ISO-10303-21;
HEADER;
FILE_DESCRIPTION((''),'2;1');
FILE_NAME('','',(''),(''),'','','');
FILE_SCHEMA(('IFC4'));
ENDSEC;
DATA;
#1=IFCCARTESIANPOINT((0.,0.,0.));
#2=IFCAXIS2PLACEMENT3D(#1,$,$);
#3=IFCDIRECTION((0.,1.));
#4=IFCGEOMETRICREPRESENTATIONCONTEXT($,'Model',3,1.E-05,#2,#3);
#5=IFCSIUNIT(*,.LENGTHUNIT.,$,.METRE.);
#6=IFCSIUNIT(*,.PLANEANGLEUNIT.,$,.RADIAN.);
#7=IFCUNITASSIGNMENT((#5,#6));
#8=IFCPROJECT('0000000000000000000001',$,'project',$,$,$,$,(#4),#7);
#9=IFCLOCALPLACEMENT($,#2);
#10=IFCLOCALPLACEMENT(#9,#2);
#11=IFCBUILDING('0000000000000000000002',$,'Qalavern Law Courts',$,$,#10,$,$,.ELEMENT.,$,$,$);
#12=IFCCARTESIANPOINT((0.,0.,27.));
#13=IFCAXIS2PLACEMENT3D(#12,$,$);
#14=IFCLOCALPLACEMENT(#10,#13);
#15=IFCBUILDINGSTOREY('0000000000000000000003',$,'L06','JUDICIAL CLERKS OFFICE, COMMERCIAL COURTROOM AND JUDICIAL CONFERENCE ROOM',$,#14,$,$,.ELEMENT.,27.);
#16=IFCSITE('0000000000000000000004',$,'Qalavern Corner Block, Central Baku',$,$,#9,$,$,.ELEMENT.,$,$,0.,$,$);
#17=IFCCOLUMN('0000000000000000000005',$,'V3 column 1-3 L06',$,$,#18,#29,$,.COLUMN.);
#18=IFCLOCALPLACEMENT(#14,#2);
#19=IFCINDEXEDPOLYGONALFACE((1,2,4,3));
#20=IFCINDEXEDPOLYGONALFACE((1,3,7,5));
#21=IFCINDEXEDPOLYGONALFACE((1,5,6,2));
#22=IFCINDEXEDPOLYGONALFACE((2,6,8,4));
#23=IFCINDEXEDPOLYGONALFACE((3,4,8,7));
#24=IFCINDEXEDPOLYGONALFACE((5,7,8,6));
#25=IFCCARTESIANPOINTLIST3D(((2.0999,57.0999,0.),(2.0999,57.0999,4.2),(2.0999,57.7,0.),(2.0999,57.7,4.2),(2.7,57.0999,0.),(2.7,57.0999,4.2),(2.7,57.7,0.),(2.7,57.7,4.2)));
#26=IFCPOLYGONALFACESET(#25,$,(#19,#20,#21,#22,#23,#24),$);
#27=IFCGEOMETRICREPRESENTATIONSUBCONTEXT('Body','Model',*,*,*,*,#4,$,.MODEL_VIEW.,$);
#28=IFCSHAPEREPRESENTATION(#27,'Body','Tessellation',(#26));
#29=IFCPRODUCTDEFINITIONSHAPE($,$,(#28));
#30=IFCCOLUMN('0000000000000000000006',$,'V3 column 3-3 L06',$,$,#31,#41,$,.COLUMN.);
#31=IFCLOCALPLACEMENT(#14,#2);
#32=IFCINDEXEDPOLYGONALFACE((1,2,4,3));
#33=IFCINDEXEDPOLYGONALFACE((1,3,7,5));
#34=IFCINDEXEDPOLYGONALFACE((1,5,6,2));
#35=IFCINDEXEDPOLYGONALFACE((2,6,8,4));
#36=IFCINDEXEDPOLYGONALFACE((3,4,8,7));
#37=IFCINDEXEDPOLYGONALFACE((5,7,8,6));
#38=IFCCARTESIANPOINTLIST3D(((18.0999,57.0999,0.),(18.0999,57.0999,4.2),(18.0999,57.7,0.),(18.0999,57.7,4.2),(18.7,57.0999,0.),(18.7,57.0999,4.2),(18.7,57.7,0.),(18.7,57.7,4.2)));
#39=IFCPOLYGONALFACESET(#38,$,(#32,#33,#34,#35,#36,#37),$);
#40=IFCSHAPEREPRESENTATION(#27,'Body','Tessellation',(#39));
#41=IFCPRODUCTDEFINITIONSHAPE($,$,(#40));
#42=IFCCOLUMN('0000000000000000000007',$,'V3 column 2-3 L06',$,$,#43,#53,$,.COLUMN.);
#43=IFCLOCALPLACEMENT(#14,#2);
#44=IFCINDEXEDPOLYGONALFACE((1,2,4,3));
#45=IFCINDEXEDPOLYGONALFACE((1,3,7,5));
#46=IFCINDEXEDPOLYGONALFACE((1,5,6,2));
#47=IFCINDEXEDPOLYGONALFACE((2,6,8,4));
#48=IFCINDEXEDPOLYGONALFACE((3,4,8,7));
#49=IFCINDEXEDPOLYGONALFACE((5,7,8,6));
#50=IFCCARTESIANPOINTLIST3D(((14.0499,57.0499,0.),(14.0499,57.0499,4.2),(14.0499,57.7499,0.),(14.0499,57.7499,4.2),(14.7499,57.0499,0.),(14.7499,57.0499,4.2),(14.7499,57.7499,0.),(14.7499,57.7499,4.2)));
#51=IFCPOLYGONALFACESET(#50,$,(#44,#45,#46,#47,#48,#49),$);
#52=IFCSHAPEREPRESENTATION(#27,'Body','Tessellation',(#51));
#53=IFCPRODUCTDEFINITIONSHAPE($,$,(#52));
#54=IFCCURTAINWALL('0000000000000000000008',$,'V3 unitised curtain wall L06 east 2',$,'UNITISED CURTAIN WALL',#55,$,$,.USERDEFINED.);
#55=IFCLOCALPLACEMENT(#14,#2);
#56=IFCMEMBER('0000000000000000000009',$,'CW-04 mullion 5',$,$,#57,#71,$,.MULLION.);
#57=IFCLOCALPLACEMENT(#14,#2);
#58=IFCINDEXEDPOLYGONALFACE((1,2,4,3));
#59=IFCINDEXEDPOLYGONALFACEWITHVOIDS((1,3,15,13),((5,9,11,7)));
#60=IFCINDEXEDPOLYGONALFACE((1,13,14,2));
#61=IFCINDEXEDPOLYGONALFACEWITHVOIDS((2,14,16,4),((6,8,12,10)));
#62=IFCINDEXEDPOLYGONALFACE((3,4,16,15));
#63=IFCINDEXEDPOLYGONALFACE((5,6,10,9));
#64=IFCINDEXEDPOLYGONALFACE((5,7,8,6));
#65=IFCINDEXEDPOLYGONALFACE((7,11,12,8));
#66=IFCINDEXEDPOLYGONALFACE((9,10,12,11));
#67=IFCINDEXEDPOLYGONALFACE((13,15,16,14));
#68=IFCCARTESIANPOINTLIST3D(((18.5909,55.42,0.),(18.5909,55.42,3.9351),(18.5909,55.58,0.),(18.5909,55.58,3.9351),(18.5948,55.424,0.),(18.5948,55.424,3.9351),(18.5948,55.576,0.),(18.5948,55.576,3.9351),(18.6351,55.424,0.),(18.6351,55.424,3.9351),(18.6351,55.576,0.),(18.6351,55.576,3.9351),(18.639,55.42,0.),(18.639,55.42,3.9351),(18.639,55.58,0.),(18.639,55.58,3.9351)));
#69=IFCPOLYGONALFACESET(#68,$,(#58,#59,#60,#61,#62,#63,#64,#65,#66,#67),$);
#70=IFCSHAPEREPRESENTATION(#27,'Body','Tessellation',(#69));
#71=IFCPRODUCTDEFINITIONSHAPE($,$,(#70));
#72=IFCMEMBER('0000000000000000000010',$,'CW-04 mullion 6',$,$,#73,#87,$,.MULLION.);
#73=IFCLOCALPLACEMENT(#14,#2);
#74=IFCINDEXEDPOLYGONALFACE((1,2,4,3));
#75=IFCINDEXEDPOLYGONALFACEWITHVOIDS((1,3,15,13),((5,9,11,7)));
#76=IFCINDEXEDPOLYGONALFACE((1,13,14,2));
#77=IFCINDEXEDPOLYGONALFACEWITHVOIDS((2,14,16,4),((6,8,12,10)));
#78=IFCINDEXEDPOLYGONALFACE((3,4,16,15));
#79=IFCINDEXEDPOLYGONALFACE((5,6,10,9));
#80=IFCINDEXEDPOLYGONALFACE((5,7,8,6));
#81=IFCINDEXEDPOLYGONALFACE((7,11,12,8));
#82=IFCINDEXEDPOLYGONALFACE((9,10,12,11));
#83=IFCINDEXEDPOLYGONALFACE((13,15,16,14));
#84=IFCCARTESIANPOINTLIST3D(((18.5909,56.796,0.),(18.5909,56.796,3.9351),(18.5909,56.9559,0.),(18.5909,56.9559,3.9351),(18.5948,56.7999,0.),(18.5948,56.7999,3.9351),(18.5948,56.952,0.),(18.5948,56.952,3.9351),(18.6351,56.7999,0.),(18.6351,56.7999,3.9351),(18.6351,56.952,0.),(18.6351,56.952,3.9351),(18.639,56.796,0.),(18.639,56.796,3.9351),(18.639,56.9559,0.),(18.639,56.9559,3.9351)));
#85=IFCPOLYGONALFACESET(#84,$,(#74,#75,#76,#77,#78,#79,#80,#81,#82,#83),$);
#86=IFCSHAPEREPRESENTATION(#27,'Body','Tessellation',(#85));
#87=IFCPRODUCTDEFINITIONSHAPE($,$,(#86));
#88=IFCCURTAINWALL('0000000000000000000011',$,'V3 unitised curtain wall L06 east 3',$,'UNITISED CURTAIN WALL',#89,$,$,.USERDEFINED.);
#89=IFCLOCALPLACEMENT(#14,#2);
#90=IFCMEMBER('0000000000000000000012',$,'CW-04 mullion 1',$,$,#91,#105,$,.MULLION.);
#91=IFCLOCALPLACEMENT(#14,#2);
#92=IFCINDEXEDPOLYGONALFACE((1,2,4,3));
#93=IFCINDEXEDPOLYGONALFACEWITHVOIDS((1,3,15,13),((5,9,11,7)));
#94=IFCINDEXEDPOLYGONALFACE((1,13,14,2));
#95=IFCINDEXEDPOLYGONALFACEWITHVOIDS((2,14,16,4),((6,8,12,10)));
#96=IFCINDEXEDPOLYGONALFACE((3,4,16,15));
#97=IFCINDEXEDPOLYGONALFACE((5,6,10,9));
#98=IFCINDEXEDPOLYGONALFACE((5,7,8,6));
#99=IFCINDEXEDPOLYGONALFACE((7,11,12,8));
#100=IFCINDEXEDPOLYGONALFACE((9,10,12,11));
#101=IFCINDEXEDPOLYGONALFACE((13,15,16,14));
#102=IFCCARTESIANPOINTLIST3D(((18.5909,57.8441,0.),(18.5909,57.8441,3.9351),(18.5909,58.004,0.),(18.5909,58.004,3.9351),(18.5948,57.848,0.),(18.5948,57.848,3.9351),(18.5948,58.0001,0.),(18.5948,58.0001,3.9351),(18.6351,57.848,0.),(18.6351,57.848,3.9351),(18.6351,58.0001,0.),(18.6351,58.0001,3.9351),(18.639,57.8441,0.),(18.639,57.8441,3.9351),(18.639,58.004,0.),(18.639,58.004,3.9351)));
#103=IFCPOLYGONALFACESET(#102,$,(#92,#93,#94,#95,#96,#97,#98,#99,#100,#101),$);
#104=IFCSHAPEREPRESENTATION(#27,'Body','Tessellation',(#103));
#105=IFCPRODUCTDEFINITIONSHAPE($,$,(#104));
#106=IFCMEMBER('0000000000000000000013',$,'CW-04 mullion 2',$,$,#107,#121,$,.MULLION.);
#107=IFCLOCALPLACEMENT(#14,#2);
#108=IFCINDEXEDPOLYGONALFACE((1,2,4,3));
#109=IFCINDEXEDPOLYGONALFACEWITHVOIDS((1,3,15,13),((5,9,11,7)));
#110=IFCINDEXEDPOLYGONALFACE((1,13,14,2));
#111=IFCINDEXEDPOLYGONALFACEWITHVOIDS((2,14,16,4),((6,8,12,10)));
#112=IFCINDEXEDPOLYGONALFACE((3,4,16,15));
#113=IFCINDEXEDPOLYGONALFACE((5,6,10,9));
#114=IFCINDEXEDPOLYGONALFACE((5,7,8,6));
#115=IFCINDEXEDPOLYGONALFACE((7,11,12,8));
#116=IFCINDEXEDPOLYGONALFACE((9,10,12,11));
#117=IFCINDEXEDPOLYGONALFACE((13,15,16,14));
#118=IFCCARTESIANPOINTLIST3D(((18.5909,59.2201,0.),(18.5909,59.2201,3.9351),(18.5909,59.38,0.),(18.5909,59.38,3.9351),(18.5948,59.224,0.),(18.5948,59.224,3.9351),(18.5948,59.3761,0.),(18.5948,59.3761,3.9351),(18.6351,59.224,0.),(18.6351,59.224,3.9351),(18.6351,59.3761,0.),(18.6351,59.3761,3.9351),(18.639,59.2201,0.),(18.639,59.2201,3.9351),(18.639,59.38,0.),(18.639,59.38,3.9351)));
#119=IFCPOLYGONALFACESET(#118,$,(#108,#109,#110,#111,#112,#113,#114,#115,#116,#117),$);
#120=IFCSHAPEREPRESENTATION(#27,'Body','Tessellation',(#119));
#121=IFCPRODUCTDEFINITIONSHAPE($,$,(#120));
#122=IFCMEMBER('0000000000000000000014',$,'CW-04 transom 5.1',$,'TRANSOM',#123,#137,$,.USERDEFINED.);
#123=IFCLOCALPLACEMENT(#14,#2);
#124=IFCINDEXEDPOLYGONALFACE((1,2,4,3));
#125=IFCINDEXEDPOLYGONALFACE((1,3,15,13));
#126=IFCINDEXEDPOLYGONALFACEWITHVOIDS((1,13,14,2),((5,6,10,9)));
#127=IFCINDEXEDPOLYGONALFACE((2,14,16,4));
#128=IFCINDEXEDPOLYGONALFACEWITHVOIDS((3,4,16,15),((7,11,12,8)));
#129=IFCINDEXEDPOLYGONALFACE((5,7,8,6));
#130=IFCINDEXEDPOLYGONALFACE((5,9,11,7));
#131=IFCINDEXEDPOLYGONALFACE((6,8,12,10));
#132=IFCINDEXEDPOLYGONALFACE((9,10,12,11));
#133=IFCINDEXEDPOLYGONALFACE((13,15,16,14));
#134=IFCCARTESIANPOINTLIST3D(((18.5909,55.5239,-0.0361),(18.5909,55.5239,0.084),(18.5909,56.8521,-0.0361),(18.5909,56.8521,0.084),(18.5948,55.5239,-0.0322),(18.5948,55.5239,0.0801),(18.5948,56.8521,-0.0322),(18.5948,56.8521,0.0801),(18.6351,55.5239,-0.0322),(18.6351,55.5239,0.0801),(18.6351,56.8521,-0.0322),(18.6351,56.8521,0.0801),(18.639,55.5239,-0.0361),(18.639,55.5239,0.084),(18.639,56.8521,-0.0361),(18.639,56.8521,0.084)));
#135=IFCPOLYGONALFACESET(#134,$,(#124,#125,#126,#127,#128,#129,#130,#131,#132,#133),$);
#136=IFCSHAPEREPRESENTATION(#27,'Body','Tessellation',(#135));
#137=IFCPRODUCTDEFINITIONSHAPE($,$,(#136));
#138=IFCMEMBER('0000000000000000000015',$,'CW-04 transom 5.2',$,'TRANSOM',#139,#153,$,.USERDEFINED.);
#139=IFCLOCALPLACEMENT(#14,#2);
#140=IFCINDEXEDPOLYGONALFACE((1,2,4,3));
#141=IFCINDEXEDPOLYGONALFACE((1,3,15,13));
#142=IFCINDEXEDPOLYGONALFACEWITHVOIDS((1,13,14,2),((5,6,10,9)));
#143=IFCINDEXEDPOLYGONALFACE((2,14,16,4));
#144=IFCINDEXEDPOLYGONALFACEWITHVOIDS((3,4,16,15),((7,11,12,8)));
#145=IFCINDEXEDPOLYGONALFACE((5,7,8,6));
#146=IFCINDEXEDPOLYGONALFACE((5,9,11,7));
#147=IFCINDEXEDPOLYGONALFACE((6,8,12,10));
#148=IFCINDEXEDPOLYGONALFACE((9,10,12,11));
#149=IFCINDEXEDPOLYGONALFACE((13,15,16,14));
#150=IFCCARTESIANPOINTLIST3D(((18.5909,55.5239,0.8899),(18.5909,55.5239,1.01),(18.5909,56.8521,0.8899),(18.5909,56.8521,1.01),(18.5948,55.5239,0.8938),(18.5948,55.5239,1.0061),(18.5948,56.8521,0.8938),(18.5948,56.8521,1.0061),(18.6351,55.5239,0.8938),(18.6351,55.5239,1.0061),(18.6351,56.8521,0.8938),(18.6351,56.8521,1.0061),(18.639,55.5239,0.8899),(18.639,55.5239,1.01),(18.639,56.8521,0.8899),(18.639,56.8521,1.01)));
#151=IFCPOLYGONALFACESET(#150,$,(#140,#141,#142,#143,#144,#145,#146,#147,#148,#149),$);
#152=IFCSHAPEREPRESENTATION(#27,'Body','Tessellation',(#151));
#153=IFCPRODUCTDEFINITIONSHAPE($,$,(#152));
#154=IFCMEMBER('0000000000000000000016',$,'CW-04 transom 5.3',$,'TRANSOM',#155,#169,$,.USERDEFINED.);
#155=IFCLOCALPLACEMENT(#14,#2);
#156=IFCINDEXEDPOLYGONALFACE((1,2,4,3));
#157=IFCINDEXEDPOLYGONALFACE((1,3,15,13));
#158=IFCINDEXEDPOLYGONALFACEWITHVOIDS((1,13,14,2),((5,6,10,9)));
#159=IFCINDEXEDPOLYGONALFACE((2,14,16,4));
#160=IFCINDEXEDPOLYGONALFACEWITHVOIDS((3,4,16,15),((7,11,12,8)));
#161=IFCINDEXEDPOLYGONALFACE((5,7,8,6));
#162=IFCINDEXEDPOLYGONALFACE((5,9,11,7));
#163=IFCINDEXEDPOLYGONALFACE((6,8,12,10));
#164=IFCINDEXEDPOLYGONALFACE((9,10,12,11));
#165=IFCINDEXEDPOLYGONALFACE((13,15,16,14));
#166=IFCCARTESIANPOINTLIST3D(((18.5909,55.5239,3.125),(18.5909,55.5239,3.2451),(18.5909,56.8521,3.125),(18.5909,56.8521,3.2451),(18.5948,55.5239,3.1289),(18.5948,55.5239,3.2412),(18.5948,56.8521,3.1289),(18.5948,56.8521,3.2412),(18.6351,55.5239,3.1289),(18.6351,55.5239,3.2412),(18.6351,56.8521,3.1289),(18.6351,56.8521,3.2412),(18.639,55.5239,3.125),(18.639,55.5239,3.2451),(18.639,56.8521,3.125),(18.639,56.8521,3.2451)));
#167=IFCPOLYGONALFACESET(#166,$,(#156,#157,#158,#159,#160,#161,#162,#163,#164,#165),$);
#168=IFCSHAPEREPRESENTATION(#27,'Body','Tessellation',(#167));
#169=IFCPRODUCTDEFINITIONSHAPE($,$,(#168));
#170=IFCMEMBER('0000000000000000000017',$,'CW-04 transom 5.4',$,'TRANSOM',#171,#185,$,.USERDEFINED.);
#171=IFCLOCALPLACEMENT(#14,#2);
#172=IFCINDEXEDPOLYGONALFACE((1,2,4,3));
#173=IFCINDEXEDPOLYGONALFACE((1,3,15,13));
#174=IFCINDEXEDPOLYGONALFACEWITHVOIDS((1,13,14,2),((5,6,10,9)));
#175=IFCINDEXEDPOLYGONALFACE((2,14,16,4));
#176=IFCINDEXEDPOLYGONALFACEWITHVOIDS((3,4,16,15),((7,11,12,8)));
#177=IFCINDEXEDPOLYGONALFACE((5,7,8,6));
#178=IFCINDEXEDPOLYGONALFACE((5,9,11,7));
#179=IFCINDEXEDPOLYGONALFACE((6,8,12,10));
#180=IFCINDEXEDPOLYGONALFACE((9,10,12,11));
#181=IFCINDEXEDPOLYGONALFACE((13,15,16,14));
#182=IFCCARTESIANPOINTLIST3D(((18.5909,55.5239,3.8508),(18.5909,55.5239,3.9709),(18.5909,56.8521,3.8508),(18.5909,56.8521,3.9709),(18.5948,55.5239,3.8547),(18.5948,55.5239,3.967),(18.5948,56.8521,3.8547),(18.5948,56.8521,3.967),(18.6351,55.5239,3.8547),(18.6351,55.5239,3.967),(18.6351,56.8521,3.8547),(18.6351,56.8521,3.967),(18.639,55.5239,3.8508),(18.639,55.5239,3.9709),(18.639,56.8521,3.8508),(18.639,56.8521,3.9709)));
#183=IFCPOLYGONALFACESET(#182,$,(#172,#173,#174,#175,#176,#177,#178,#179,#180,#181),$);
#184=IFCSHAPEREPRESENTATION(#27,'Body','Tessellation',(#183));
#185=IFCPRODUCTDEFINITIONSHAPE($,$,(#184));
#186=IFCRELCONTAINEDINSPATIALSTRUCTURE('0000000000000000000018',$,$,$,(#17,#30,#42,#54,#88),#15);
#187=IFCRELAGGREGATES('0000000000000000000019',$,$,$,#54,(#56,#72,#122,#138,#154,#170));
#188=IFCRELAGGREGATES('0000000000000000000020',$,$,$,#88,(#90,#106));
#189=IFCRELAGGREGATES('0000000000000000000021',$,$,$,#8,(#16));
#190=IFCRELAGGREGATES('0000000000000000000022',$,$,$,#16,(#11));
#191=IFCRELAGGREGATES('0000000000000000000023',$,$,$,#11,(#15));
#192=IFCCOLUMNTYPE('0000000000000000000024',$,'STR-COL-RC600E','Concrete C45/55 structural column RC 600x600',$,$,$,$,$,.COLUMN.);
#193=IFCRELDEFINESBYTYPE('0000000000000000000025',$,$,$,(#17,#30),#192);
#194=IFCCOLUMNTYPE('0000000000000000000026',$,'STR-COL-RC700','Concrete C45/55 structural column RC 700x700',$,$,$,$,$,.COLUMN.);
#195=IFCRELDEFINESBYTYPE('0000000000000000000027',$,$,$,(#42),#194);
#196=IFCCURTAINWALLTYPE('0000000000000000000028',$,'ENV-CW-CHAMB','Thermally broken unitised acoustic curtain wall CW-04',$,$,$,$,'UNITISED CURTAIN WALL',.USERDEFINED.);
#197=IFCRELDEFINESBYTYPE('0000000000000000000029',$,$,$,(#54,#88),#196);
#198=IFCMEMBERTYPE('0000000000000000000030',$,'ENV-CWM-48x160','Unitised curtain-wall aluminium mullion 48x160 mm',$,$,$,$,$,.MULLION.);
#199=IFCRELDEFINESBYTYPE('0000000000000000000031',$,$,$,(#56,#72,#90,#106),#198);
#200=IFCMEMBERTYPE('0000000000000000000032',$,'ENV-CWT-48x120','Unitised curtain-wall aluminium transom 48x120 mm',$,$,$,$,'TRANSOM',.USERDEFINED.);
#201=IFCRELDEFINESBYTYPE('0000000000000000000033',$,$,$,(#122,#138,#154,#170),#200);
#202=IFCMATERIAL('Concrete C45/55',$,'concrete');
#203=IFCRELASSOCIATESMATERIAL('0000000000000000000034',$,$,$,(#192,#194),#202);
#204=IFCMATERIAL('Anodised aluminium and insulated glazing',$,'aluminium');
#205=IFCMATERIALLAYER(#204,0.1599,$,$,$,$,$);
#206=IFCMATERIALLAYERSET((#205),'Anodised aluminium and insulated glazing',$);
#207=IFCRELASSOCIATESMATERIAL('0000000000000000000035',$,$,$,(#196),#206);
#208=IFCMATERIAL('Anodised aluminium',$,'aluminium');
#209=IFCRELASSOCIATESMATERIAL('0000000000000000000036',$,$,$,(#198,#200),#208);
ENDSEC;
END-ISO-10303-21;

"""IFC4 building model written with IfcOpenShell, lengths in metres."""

from ifc_helpers import new_model, si_unit, direction, frame, origin, origin_2d, place, context, subcontext, project, spatial, rectangle, hollow_rectangle, extrude, material, layer, layer_set, material_profile, profile_set, type_object, element, aggregate, save


model = new_model("IFC4")

# Units and contexts
model_context = context("Model", 3, precision=1e-05, world=origin(), true_north=direction((0.0, 1.0)))
body_context = subcontext(model_context, "Body", "Model", "MODEL_VIEW")
ifc_project = project(units=[si_unit("LENGTHUNIT", "METRE"), si_unit("PLANEANGLEUNIT", "RADIAN")], contexts=[model_context])

# Site, building, storey
site_placement = place(None, origin())
site = spatial("IfcSite", under=ifc_project, at=site_placement, Name="Qalavern Corner Block, Central Baku", CompositionType="ELEMENT", RefElevation=0.0)
building_placement = place(site_placement, origin())
building = spatial("IfcBuilding", under=site, at=building_placement, Name="Qalavern Law Courts", CompositionType="ELEMENT")
storey_placement = place(building_placement, frame((0.0, 0.0, 27.0)))
storey = spatial("IfcBuildingStorey", under=building, at=storey_placement, Name="L06", Description="JUDICIAL CLERKS OFFICE, COMMERCIAL COURTROOM AND JUDICIAL CONFERENCE ROOM", CompositionType="ELEMENT", Elevation=27.0)

# Columns
ifc_material_1 = material(Name="Concrete C45/55", Category="concrete")
ifc_material_profile_1 = material_profile(ifc_material_1, rectangle(XDim=0.6001, YDim=0.6001, at=origin_2d()), Name="RC 600x600")
ifc_profile_set_1 = profile_set([ifc_material_profile_1], Name="Concrete C45/55")
column_type_1 = type_object("IfcColumnType", Name="STR-COL-RC600E", Description="Concrete C45/55 structural column RC 600x600", PredefinedType="COLUMN", material=ifc_profile_set_1)
for number, where, z_axis, x_axis, name in (
    (1, (2.3999, 57.3999, 0.0), (0.0, 0.0, 1.0), (1.0, 0.0, 0.0), "V3 column 1-3 L06"),
    (2, (18.3999, 57.3999, 0.0), (0.0, 0.0, 1.0), (1.0, 0.0, 0.0), "V3 column 3-3 L06"),
):
    element("IfcColumn", number, at=place(storey_placement, frame(where, z_axis=z_axis, x_axis=x_axis)), inside=storey, type_object=column_type_1, Name=name, PredefinedType="COLUMN", context=body_context, shape_type="SweptSolid", body=[
        extrude(rectangle(XDim=0.6001, YDim=0.6001, at=origin_2d()), origin(), (0.0, 0.0, 1.0), 4.2),
    ])
ifc_material_profile_2 = material_profile(ifc_material_1, rectangle(XDim=0.7, YDim=0.7, at=origin_2d()), Name="RC 700x700")
ifc_profile_set_2 = profile_set([ifc_material_profile_2], Name="Concrete C45/55")
column_type_2 = type_object("IfcColumnType", Name="STR-COL-RC700", Description="Concrete C45/55 structural column RC 700x700", PredefinedType="COLUMN", material=ifc_profile_set_2)
column_placement = place(storey_placement, frame((14.3999, 57.3999, 0.0), z_axis=(0.0, 0.0, 1.0), x_axis=(1.0, 0.0, 0.0)))
element("IfcColumn", 3, at=column_placement, inside=storey, type_object=column_type_2, Name="V3 column 2-3 L06", PredefinedType="COLUMN", context=body_context, shape_type="SweptSolid", body=[
    extrude(rectangle(XDim=0.7, YDim=0.7, at=origin_2d()), origin(), (0.0, 0.0, 1.0), 4.2),
])

# Curtain walls, members
ifc_material_2 = material(Name="Anodised aluminium and insulated glazing", Category="aluminium")
ifc_layer_1 = layer(ifc_material_2, 0.1599)
ifc_layer_set_1 = layer_set([ifc_layer_1], Name="Anodised aluminium and insulated glazing")
curtain_wall_type = type_object("IfcCurtainWallType", Name="ENV-CW-CHAMB", Description="Thermally broken unitised acoustic curtain wall CW-04", ElementType="UNITISED CURTAIN WALL", PredefinedType="USERDEFINED", material=ifc_layer_set_1)
curtain_wall_1_placement = place(storey_placement, origin())
curtain_wall_1 = element("IfcCurtainWall", 4, at=curtain_wall_1_placement, inside=storey, type_object=curtain_wall_type, Name="V3 unitised curtain wall L06 east 2", ObjectType="UNITISED CURTAIN WALL", PredefinedType="USERDEFINED")
ifc_material_3 = material(Name="Anodised aluminium", Category="aluminium")
ifc_material_profile_3 = material_profile(ifc_material_3, hollow_rectangle(XDim=0.0481, YDim=0.1599, WallThickness=0.0039, at=origin_2d()), Name="ALU MULLION 48x160")
ifc_profile_set_3 = profile_set([ifc_material_profile_3], Name="Anodised aluminium")
member_type_1 = type_object("IfcMemberType", Name="ENV-CWM-48x160", Description="Unitised curtain-wall aluminium mullion 48x160 mm", PredefinedType="MULLION", material=ifc_profile_set_3)
member_1_placement = place(storey_placement, frame((18.615, 55.5, 0.0), z_axis=(0.0, 0.0, 1.0), x_axis=(-1.0, 0.0, 0.0)))
member_1 = element("IfcMember", 5, at=member_1_placement, type_object=member_type_1, Name="CW-04 mullion 5", PredefinedType="MULLION", context=body_context, shape_type="SweptSolid", body=[
    extrude(hollow_rectangle(XDim=0.0481, YDim=0.1599, WallThickness=0.0039, at=origin_2d()), origin(), (0.0, 0.0, 1.0), 3.9351),
])
member_2_placement = place(storey_placement, frame((18.615, 56.876, 0.0), z_axis=(0.0, 0.0, 1.0), x_axis=(-1.0, 0.0, 0.0)))
member_2 = element("IfcMember", 6, at=member_2_placement, type_object=member_type_1, Name="CW-04 mullion 6", PredefinedType="MULLION", context=body_context, shape_type="SweptSolid", body=[
    extrude(hollow_rectangle(XDim=0.0481, YDim=0.1599, WallThickness=0.0039, at=origin_2d()), origin(), (0.0, 0.0, 1.0), 3.9351),
])
curtain_wall_2_placement = place(storey_placement, origin())
curtain_wall_2 = element("IfcCurtainWall", 7, at=curtain_wall_2_placement, inside=storey, type_object=curtain_wall_type, Name="V3 unitised curtain wall L06 east 3", ObjectType="UNITISED CURTAIN WALL", PredefinedType="USERDEFINED")
member_3_placement = place(storey_placement, frame((18.615, 57.9241, 0.0), z_axis=(0.0, 0.0, 1.0), x_axis=(-1.0, 0.0, 0.0)))
member_3 = element("IfcMember", 8, at=member_3_placement, type_object=member_type_1, Name="CW-04 mullion 1", PredefinedType="MULLION", context=body_context, shape_type="SweptSolid", body=[
    extrude(hollow_rectangle(XDim=0.0481, YDim=0.1599, WallThickness=0.0039, at=origin_2d()), origin(), (0.0, 0.0, 1.0), 3.9351),
])
member_4_placement = place(storey_placement, frame((18.615, 59.3, 0.0), z_axis=(0.0, 0.0, 1.0), x_axis=(-1.0, 0.0, 0.0)))
member_4 = element("IfcMember", 9, at=member_4_placement, type_object=member_type_1, Name="CW-04 mullion 2", PredefinedType="MULLION", context=body_context, shape_type="SweptSolid", body=[
    extrude(hollow_rectangle(XDim=0.0481, YDim=0.1599, WallThickness=0.0039, at=origin_2d()), origin(), (0.0, 0.0, 1.0), 3.9351),
])

# Members
ifc_material_profile_4 = material_profile(ifc_material_3, hollow_rectangle(XDim=0.0481, YDim=0.1201, WallThickness=0.0039, at=origin_2d()), Name="ALU TRANSOM 48x120")
ifc_profile_set_4 = profile_set([ifc_material_profile_4], Name="Anodised aluminium")
member_type_2 = type_object("IfcMemberType", Name="ENV-CWT-48x120", Description="Unitised curtain-wall aluminium transom 48x120 mm", ElementType="TRANSOM", PredefinedType="USERDEFINED", material=ifc_profile_set_4)
member_5_placement = place(storey_placement, frame((18.615, 55.5239, 0.0239), z_axis=(0.0, 1.0, 0.0), x_axis=(-1.0, 0.0, 0.0)))
member_5 = element("IfcMember", 10, at=member_5_placement, type_object=member_type_2, Name="CW-04 transom 5.1", ObjectType="TRANSOM", PredefinedType="USERDEFINED", context=body_context, shape_type="SweptSolid", body=[
    extrude(hollow_rectangle(XDim=0.0481, YDim=0.1201, WallThickness=0.0039, at=origin_2d()), origin(), (0.0, 0.0, 1.0), 1.3281),
])
member_6_placement = place(storey_placement, frame((18.615, 55.5239, 0.95), z_axis=(0.0, 1.0, 0.0), x_axis=(-1.0, 0.0, 0.0)))
member_6 = element("IfcMember", 11, at=member_6_placement, type_object=member_type_2, Name="CW-04 transom 5.2", ObjectType="TRANSOM", PredefinedType="USERDEFINED", context=body_context, shape_type="SweptSolid", body=[
    extrude(hollow_rectangle(XDim=0.0481, YDim=0.1201, WallThickness=0.0039, at=origin_2d()), origin(), (0.0, 0.0, 1.0), 1.3281),
])
member_7_placement = place(storey_placement, frame((18.615, 55.5239, 3.1851), z_axis=(0.0, 1.0, 0.0), x_axis=(-1.0, 0.0, 0.0)))
member_7 = element("IfcMember", 12, at=member_7_placement, type_object=member_type_2, Name="CW-04 transom 5.3", ObjectType="TRANSOM", PredefinedType="USERDEFINED", context=body_context, shape_type="SweptSolid", body=[
    extrude(hollow_rectangle(XDim=0.0481, YDim=0.1201, WallThickness=0.0039, at=origin_2d()), origin(), (0.0, 0.0, 1.0), 1.3281),
])
member_8_placement = place(storey_placement, frame((18.615, 55.5239, 3.9109), z_axis=(0.0, 1.0, 0.0), x_axis=(-1.0, 0.0, 0.0)))
member_8 = element("IfcMember", 13, at=member_8_placement, type_object=member_type_2, Name="CW-04 transom 5.4", ObjectType="TRANSOM", PredefinedType="USERDEFINED", context=body_context, shape_type="SweptSolid", body=[
    extrude(hollow_rectangle(XDim=0.0481, YDim=0.1201, WallThickness=0.0039, at=origin_2d()), origin(), (0.0, 0.0, 1.0), 1.3281),
])

aggregate(curtain_wall_1, [member_1, member_2, member_5, member_6, member_7, member_8])
aggregate(curtain_wall_2, [member_3, member_4])

save(model, "model.ifc")
